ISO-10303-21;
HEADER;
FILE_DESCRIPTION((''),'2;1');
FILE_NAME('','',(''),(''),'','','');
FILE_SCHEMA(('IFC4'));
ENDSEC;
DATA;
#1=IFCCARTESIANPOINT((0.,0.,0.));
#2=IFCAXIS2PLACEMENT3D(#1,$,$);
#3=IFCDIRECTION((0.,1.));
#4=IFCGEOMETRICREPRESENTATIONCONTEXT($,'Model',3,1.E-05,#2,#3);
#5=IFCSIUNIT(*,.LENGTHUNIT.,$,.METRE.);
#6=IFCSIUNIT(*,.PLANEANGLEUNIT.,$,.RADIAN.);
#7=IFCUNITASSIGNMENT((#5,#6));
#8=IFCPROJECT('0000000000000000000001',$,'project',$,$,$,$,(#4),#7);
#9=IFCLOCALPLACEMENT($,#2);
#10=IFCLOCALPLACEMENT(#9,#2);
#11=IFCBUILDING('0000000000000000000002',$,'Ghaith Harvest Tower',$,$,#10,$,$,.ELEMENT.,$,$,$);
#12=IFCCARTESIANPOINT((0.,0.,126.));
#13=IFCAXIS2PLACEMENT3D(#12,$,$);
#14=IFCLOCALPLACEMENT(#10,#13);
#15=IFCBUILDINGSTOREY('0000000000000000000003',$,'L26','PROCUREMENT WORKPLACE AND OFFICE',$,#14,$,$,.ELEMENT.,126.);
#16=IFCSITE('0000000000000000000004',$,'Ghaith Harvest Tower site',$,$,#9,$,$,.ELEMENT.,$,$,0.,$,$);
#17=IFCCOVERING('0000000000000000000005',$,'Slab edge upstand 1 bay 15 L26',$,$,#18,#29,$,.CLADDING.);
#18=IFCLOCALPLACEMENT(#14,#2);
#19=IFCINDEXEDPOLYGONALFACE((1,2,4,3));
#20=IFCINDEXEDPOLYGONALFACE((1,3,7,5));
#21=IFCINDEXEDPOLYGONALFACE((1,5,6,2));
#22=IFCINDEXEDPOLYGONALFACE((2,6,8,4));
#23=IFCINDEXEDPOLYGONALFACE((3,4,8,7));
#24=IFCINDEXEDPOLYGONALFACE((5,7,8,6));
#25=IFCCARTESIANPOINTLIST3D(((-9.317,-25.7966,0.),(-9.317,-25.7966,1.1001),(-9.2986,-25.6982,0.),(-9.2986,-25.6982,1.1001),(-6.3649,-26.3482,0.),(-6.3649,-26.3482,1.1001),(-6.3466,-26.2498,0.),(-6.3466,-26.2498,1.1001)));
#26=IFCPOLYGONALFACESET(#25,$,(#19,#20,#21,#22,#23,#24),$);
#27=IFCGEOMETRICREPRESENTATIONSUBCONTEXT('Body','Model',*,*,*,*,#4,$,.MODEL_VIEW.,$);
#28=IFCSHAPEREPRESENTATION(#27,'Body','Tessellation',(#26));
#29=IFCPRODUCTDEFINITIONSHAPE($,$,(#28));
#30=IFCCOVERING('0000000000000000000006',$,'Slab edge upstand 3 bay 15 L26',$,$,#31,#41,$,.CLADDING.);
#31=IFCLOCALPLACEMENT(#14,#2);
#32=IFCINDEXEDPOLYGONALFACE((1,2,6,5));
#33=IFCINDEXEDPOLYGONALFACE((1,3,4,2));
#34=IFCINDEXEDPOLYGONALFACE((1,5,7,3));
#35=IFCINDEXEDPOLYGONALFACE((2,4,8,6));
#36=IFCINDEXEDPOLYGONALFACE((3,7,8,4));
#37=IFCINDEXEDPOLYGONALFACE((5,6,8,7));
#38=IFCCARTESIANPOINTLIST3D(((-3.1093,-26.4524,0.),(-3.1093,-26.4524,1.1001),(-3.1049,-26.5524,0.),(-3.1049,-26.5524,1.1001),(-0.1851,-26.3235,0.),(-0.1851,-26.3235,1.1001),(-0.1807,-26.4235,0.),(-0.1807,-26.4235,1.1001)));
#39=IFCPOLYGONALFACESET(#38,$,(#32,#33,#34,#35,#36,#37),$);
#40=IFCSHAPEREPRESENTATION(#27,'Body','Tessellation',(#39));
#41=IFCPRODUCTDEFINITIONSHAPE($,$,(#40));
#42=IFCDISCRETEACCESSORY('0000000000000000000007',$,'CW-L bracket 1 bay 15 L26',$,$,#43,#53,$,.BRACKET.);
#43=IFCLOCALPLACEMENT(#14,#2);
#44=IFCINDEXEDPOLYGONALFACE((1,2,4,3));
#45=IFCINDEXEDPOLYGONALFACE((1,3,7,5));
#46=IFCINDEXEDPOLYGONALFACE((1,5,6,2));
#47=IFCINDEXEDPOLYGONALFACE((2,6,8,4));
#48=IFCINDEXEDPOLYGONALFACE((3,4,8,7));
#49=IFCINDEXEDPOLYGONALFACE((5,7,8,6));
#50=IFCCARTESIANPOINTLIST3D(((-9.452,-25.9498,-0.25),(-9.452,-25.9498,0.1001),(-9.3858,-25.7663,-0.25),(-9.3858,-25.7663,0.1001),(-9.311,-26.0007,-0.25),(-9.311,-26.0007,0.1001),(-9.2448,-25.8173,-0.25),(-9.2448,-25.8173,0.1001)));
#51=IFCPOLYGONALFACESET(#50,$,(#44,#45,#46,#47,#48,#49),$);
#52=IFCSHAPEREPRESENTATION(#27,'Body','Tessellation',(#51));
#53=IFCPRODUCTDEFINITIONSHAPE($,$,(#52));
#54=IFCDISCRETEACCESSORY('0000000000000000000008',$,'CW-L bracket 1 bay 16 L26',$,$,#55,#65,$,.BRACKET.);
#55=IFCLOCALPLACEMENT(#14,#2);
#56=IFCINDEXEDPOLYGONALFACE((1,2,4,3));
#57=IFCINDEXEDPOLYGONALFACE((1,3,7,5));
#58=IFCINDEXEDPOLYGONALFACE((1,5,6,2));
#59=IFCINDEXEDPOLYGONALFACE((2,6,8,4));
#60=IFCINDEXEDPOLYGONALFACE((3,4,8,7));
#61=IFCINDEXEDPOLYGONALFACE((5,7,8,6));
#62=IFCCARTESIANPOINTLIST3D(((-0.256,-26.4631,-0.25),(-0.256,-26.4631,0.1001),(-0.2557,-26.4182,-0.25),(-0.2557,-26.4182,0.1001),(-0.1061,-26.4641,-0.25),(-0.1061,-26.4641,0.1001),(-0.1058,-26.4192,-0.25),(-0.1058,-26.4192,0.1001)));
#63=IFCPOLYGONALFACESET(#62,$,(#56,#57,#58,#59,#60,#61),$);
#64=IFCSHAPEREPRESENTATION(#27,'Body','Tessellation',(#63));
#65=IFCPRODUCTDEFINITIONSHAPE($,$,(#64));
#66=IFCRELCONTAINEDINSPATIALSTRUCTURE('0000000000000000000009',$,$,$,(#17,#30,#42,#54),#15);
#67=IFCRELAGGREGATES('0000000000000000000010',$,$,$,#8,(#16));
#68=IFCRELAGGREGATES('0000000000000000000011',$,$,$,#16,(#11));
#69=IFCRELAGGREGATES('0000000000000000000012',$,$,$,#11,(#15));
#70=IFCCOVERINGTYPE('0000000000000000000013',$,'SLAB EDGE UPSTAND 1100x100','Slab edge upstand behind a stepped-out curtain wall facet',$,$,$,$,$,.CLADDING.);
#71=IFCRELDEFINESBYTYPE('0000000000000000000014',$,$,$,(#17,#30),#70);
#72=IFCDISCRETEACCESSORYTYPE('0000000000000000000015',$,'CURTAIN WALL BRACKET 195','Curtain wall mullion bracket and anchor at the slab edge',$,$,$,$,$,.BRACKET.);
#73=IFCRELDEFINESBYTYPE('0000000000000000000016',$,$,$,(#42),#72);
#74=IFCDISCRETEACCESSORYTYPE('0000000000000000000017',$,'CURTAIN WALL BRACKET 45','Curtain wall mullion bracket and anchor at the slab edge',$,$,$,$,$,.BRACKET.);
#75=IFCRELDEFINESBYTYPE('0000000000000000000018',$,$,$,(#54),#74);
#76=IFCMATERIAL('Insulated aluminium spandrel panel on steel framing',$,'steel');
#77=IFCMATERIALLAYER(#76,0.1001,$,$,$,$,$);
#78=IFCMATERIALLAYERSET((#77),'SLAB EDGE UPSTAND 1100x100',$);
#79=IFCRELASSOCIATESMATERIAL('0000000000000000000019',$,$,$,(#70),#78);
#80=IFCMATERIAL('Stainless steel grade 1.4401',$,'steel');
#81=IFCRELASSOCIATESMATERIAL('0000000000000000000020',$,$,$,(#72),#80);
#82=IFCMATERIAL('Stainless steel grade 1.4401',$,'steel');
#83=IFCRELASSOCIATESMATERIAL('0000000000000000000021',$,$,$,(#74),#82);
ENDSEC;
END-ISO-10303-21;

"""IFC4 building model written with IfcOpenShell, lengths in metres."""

from ifc_helpers import new_model, si_unit, direction, frame, origin, origin_2d, place, context, subcontext, project, spatial, rectangle, extrude, material, layer, layer_set, type_object, element, save


model = new_model("IFC4")

# Units and contexts
model_context = context("Model", 3, precision=1e-05, world=origin(), true_north=direction((0.0, 1.0)))
body_context = subcontext(model_context, "Body", "Model", "MODEL_VIEW")
ifc_project = project(units=[si_unit("LENGTHUNIT", "METRE"), si_unit("PLANEANGLEUNIT", "RADIAN")], contexts=[model_context])

# Site, building, storey
site_placement = place(None, origin())
site = spatial("IfcSite", under=ifc_project, at=site_placement, Name="Ghaith Harvest Tower site", CompositionType="ELEMENT", RefElevation=0.0)
building_placement = place(site_placement, origin())
building = spatial("IfcBuilding", under=site, at=building_placement, Name="Ghaith Harvest Tower", CompositionType="ELEMENT")
storey_placement = place(building_placement, frame((0.0, 0.0, 126.0)))
storey = spatial("IfcBuildingStorey", under=building, at=storey_placement, Name="L26", Description="PROCUREMENT WORKPLACE AND OFFICE", CompositionType="ELEMENT", Elevation=126.0)

# Coverings
ifc_material_1 = material(Name="Insulated aluminium spandrel panel on steel framing", Category="steel")
ifc_layer_1 = layer(ifc_material_1, 0.1001)
ifc_layer_set_1 = layer_set([ifc_layer_1], Name="SLAB EDGE UPSTAND 1100x100")
covering_type = type_object("IfcCoveringType", Name="SLAB EDGE UPSTAND 1100x100", Description="Slab edge upstand behind a stepped-out curtain wall facet", PredefinedType="CLADDING", material=ifc_layer_set_1)
covering_1_placement = place(storey_placement, frame((-7.8318, -26.0232, 0.0), z_axis=(0.0, 0.0, 1.0), x_axis=(0.98299, -0.183659, 0.0)))
element("IfcCovering", 1, at=covering_1_placement, inside=storey, type_object=covering_type, Name="Slab edge upstand 1 bay 15 L26", PredefinedType="CLADDING", context=body_context, shape_type="SweptSolid", body=[
    extrude(rectangle(XDim=3.0032, YDim=0.1001, at=origin_2d()), origin(), (0.0, 0.0, 1.0), 1.1001),
])
covering_2_placement = place(storey_placement, frame((-1.645, -26.438, 0.0), z_axis=(0.0, 0.0, 1.0), x_axis=(0.99903, 0.044045, 0.0)))
element("IfcCovering", 2, at=covering_2_placement, inside=storey, type_object=covering_type, Name="Slab edge upstand 3 bay 15 L26", PredefinedType="CLADDING", context=body_context, shape_type="SweptSolid", body=[
    extrude(rectangle(XDim=2.927, YDim=0.1001, at=origin_2d()), origin(), (0.0, 0.0, 1.0), 1.1001),
])

# Discrete accessories
ifc_material_2 = material(Name="Stainless steel grade 1.4401", Category="steel")
discrete_accessory_type_1 = type_object("IfcDiscreteAccessoryType", Name="CURTAIN WALL BRACKET 195", Description="Curtain wall mullion bracket and anchor at the slab edge", PredefinedType="BRACKET", material=ifc_material_2)
discrete_accessory_1_placement = place(storey_placement, frame((-9.3484, -25.8835, -0.25), z_axis=(0.0, 0.0, 1.0), x_axis=(-0.339699, -0.940534, 0.0)))
element("IfcDiscreteAccessory", 3, at=discrete_accessory_1_placement, inside=storey, type_object=discrete_accessory_type_1, Name="CW-L bracket 1 bay 15 L26", PredefinedType="BRACKET", context=body_context, shape_type="SweptSolid", body=[
    extrude(rectangle(XDim=0.1951, YDim=0.1499, at=origin_2d()), origin(), (0.0, 0.0, 1.0), 0.3501),
])
ifc_material_3 = material(Name="Stainless steel grade 1.4401", Category="steel")
discrete_accessory_type_2 = type_object("IfcDiscreteAccessoryType", Name="CURTAIN WALL BRACKET 45", Description="Curtain wall mullion bracket and anchor at the slab edge", PredefinedType="BRACKET", material=ifc_material_3)
discrete_accessory_2_placement = place(storey_placement, frame((-0.1809, -26.4412, -0.25), z_axis=(0.0, 0.0, 1.0), x_axis=(-0.006844, -0.999977, 0.0)))
element("IfcDiscreteAccessory", 4, at=discrete_accessory_2_placement, inside=storey, type_object=discrete_accessory_type_2, Name="CW-L bracket 1 bay 16 L26", PredefinedType="BRACKET", context=body_context, shape_type="SweptSolid", body=[
    extrude(rectangle(XDim=0.0449, YDim=0.1499, at=origin_2d()), origin(), (0.0, 0.0, 1.0), 0.3501),
])

save(model, "model.ifc")
